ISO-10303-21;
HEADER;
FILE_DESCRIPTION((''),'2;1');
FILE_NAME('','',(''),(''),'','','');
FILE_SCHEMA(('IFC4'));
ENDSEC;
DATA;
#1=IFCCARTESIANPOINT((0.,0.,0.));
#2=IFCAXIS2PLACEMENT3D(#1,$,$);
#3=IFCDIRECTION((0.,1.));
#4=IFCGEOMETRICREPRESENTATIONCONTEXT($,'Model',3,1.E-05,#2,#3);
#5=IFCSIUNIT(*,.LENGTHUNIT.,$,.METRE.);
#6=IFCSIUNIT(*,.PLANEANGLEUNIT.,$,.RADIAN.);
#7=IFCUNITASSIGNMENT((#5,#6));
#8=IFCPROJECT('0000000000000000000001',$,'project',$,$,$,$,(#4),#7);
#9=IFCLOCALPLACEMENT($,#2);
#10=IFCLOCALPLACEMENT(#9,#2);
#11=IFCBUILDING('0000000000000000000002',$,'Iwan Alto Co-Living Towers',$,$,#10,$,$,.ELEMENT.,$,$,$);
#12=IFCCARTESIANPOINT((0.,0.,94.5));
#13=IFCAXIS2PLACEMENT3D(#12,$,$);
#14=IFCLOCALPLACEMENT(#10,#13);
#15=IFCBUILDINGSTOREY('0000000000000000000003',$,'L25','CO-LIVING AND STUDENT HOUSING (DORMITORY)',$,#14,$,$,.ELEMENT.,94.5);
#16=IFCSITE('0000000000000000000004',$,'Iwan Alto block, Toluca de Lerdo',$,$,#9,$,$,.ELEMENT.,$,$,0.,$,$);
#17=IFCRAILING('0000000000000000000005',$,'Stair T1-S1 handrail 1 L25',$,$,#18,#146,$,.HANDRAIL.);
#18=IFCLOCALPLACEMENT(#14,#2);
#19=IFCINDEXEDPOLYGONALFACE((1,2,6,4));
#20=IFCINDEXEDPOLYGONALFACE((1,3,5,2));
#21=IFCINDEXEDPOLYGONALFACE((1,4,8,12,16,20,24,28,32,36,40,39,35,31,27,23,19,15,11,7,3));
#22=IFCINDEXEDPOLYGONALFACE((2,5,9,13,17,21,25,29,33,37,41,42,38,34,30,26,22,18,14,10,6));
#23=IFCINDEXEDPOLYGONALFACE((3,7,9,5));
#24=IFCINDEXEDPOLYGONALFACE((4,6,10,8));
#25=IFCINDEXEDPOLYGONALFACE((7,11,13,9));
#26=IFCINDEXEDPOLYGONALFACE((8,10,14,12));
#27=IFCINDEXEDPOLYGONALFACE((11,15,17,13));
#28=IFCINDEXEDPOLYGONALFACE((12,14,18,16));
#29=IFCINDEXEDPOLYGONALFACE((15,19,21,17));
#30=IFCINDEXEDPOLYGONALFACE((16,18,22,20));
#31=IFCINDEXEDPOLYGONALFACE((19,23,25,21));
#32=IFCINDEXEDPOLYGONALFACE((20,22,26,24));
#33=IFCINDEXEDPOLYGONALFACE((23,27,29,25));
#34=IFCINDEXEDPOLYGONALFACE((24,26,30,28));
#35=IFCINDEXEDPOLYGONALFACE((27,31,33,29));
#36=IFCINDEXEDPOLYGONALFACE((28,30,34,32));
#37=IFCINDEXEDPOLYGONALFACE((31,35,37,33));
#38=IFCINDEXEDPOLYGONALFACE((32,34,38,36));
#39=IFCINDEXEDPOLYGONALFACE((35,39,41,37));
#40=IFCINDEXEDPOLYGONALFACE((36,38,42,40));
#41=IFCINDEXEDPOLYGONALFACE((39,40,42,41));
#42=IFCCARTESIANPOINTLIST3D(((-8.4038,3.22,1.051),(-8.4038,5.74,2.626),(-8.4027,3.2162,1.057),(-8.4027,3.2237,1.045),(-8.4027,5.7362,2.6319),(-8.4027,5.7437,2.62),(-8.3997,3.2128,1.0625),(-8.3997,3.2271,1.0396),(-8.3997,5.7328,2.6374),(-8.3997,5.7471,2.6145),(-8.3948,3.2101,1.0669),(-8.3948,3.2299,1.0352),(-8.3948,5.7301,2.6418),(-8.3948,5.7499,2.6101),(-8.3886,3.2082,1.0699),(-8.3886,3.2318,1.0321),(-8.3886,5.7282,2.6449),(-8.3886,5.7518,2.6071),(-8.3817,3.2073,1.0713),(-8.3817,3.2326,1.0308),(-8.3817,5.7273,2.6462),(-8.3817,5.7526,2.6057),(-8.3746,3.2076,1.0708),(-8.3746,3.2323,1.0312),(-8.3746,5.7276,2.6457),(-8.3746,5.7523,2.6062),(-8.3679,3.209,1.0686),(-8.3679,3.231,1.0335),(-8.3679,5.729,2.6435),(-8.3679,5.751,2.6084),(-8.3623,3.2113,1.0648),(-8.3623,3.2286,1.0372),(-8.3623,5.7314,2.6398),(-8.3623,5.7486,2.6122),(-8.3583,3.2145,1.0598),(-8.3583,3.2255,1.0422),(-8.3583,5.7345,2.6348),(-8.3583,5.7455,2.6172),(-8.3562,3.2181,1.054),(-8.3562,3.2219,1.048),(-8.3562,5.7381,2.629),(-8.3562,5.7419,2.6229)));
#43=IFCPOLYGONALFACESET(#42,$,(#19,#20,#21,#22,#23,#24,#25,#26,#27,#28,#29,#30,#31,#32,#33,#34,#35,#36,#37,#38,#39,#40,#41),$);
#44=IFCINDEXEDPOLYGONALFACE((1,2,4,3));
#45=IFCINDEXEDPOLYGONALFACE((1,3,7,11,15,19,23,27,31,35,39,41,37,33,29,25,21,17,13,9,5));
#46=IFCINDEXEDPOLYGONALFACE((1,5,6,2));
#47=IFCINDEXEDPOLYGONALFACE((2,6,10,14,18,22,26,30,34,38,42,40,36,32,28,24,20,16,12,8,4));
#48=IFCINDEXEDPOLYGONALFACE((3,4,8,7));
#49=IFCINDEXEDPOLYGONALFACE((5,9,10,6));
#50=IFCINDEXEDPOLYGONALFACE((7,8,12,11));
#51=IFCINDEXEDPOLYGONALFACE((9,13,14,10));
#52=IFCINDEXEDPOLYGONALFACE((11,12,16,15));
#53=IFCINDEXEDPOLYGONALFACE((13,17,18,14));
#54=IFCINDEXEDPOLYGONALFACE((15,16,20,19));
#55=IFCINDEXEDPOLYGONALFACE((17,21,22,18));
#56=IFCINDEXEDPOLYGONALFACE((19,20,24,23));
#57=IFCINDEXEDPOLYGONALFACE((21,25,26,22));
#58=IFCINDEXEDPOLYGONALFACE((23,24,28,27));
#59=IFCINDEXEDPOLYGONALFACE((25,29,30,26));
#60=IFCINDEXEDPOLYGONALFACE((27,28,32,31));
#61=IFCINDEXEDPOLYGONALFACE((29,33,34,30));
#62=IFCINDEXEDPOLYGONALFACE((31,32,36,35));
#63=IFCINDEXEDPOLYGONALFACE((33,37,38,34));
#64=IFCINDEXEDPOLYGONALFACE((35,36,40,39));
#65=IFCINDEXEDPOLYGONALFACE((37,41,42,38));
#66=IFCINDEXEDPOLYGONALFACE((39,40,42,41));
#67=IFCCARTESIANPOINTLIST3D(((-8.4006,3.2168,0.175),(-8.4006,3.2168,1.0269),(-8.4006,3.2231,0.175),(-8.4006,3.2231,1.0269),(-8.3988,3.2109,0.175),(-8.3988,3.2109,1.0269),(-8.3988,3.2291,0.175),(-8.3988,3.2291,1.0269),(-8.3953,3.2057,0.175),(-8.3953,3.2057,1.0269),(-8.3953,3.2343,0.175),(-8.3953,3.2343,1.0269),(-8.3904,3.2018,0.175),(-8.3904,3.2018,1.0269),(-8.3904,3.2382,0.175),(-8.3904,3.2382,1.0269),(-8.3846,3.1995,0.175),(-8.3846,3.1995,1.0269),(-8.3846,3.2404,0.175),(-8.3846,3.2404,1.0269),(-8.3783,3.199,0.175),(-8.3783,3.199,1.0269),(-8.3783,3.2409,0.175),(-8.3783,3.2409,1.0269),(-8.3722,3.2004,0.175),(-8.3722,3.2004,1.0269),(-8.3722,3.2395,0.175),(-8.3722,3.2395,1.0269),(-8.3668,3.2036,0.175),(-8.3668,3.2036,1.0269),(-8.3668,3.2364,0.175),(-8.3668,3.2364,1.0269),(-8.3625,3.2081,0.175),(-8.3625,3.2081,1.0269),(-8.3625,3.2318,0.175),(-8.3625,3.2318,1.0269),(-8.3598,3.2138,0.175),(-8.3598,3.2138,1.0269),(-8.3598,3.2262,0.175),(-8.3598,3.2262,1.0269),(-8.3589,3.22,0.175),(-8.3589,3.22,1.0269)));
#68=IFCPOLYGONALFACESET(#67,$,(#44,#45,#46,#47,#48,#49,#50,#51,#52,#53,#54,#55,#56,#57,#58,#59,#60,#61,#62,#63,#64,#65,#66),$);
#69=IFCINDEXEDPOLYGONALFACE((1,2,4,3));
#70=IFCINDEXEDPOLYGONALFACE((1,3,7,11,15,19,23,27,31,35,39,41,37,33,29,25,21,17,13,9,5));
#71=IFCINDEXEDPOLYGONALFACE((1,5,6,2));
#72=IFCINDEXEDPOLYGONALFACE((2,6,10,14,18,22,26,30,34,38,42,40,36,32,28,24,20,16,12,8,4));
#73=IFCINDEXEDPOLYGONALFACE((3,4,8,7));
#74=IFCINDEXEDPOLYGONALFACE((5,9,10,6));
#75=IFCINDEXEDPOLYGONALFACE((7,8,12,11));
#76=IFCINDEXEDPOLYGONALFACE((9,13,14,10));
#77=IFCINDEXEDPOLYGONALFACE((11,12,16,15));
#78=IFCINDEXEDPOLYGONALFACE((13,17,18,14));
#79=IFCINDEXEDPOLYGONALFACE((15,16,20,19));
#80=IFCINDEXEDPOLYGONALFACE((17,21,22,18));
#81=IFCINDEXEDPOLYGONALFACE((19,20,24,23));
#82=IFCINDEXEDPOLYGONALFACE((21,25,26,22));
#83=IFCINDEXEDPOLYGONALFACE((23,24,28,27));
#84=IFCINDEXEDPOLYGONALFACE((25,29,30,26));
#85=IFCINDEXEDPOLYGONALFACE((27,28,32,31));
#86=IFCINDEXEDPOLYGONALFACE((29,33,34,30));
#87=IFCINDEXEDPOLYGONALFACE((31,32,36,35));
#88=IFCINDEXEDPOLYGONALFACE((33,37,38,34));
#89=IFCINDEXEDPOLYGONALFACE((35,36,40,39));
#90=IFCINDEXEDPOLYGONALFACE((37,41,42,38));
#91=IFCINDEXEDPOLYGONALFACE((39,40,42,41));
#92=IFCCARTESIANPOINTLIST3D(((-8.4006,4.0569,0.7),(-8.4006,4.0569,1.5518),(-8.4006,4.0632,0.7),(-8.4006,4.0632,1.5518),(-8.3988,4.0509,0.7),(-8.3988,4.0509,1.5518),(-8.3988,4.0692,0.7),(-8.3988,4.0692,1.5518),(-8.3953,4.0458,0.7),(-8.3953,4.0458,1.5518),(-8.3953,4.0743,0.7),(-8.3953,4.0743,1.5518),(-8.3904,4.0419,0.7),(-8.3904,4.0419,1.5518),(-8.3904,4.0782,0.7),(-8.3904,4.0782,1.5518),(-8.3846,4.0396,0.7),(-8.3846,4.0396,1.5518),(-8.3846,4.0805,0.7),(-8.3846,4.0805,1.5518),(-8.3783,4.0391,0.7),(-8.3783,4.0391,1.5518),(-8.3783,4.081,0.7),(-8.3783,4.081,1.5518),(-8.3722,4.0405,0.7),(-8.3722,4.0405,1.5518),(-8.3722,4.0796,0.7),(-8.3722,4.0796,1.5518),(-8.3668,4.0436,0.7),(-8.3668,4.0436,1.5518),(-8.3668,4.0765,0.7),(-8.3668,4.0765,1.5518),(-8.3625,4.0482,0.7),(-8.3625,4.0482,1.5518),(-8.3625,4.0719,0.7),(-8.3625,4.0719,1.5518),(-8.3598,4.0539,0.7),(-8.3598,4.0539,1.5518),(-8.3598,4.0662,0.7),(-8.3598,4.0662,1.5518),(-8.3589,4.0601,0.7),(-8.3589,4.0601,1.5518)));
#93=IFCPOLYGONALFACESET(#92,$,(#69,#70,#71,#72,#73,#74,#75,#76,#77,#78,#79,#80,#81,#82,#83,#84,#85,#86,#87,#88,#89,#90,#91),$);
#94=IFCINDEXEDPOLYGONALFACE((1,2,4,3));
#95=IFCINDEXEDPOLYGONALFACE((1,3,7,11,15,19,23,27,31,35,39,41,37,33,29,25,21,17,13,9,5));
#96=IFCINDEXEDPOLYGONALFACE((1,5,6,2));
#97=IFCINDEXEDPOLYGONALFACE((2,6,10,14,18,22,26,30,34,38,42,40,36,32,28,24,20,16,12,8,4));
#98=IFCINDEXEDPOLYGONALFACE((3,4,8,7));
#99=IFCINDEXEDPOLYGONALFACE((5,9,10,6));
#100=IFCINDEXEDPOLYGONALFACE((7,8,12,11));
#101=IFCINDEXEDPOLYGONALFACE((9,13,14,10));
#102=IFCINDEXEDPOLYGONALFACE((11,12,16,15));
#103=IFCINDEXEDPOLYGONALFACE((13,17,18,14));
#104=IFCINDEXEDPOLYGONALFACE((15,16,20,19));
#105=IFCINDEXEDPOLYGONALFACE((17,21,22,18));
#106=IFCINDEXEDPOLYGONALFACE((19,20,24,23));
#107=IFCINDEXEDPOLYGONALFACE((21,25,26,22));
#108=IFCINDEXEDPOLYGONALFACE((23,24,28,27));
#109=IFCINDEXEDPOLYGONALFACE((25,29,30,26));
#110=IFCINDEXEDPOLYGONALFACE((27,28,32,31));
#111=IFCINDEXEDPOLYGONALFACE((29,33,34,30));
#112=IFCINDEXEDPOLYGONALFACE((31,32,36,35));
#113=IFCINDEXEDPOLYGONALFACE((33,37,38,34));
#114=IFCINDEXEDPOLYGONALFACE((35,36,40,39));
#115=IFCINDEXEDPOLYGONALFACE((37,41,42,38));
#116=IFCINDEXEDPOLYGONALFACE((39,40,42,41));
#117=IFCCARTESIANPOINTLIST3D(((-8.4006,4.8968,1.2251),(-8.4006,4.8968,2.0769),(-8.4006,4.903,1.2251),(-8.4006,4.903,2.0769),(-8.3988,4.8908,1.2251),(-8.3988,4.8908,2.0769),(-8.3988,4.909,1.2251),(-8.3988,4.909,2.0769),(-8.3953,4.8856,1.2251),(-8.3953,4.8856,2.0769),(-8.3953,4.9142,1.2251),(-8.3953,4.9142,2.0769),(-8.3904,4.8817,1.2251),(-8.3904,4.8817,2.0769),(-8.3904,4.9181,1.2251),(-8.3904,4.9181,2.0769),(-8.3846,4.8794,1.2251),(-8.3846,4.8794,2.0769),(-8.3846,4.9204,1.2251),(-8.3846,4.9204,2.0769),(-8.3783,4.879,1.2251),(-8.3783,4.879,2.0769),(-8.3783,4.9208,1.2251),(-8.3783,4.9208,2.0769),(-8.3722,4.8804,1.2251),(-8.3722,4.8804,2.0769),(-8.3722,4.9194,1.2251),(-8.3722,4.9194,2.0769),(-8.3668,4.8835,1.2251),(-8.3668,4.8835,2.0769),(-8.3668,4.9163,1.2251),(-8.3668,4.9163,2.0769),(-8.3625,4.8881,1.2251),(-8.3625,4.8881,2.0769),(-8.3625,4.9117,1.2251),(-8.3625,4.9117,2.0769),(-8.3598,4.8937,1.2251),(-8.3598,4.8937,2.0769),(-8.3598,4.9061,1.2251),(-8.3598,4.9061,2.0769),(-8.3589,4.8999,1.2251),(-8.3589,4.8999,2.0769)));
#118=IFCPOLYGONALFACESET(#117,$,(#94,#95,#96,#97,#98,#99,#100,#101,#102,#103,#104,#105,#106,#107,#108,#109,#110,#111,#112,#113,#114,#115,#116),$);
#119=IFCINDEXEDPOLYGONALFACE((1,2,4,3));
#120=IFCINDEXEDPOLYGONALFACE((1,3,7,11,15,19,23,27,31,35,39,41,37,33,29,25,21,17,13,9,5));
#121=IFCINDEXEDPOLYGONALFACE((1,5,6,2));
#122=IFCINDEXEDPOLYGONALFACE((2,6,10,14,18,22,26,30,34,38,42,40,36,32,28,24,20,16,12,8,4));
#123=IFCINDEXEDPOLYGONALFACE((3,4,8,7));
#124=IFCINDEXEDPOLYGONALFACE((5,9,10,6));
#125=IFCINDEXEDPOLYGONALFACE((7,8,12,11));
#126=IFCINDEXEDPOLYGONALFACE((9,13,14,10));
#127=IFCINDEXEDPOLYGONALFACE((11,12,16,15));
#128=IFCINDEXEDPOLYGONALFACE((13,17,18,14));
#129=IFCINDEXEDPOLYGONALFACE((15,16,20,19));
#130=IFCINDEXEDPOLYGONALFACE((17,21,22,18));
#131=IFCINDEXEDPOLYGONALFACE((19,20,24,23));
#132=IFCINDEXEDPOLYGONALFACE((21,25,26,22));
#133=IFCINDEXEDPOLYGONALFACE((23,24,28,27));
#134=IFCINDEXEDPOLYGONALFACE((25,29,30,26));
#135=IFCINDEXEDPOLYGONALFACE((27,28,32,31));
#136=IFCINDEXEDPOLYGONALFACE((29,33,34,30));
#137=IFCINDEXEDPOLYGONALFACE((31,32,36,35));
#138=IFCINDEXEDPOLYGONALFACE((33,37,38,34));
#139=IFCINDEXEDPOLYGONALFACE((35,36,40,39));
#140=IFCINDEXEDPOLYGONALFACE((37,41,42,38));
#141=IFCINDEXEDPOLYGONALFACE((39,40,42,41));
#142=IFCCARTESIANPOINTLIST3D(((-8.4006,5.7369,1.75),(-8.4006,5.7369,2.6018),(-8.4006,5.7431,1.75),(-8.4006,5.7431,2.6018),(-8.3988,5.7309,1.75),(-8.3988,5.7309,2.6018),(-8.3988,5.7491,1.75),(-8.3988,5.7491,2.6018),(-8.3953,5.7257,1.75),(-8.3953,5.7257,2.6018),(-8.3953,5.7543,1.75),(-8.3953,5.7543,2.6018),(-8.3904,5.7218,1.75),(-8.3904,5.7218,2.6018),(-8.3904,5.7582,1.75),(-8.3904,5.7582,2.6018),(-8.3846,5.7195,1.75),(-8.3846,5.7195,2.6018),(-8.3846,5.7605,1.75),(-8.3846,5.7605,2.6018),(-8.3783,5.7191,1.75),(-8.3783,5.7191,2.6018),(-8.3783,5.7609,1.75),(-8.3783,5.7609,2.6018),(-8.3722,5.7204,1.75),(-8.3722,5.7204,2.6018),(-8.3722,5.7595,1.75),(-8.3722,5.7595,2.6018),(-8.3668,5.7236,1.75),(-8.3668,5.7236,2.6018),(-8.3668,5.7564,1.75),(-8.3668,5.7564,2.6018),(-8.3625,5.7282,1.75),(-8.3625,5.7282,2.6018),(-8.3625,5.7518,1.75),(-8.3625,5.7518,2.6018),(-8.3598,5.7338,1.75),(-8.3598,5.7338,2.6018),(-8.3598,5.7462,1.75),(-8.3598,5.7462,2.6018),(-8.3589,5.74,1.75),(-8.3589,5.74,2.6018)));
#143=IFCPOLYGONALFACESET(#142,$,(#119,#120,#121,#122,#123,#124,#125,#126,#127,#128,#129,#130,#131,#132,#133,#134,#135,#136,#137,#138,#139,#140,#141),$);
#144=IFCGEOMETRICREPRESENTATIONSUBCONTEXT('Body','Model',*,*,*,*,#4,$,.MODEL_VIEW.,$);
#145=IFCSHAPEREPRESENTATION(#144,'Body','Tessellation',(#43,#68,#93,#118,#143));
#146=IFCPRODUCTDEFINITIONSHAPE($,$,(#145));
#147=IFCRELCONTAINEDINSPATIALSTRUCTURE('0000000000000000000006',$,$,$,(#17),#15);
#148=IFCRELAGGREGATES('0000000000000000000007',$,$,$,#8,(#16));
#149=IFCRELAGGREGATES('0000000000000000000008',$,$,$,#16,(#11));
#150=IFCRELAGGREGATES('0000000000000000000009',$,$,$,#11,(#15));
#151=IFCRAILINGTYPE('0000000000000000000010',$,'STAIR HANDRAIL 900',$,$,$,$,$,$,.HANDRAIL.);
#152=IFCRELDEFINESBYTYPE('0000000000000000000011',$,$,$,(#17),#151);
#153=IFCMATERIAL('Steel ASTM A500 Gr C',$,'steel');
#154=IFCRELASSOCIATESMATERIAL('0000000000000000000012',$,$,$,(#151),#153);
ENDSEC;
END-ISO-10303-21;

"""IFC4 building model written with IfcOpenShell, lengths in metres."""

from ifc_helpers import new_model, si_unit, direction, frame, origin, origin_2d, place, context, subcontext, project, spatial, circle, extrude, material, type_object, element, save


model = new_model("IFC4")

# Units and contexts
model_context = context("Model", 3, precision=1e-05, world=origin(), true_north=direction((0.0, 1.0)))
body_context = subcontext(model_context, "Body", "Model", "MODEL_VIEW")
ifc_project = project(units=[si_unit("LENGTHUNIT", "METRE"), si_unit("PLANEANGLEUNIT", "RADIAN")], contexts=[model_context])

# Site, building, storey
site_placement = place(None, origin())
site = spatial("IfcSite", under=ifc_project, at=site_placement, Name="Iwan Alto block, Toluca de Lerdo", CompositionType="ELEMENT", RefElevation=0.0)
building_placement = place(site_placement, origin())
building = spatial("IfcBuilding", under=site, at=building_placement, Name="Iwan Alto Co-Living Towers", CompositionType="ELEMENT")
storey_placement = place(building_placement, frame((0.0, 0.0, 94.5)))
storey = spatial("IfcBuildingStorey", under=building, at=storey_placement, Name="L25", Description="CO-LIVING AND STUDENT HOUSING (DORMITORY)", CompositionType="ELEMENT", Elevation=94.5)

# Railing
ifc_material_1 = material(Name="Steel ASTM A500 Gr C", Category="steel")
railing_type_1 = type_object("IfcRailingType", Name="STAIR HANDRAIL 900", PredefinedType="HANDRAIL", material=ifc_material_1)
railing_1_placement = place(storey_placement, frame((-8.3799, 3.22, 0.175)))
element("IfcRailing", 1, at=railing_1_placement, inside=storey, type_object=railing_type_1, Name="Stair T1-S1 handrail 1 L25", PredefinedType="HANDRAIL", context=body_context, shape_type="SweptSolid", body=[
    extrude(circle(Radius=0.0239, at=origin_2d()), frame((0.0, 0.0, 0.876), z_axis=(0.0, 0.848008, 0.529984), x_axis=(-1.0, 0.0, 0.0)), (0.0, 0.0, 1.0), 2.9717),
    extrude(circle(Radius=0.021, at=origin_2d()), origin(), (0.0, 0.0, 1.0), 0.8518),
    extrude(circle(Radius=0.021, at=origin_2d()), frame((0.0, 0.8401, 0.5249)), (0.0, 0.0, 1.0), 0.8518),
    extrude(circle(Radius=0.021, at=origin_2d()), frame((0.0, 1.6799, 1.05)), (0.0, 0.0, 1.0), 0.8518),
    extrude(circle(Radius=0.021, at=origin_2d()), frame((0.0, 2.52, 1.575)), (0.0, 0.0, 1.0), 0.8518),
])

save(model, "model.ifc")
